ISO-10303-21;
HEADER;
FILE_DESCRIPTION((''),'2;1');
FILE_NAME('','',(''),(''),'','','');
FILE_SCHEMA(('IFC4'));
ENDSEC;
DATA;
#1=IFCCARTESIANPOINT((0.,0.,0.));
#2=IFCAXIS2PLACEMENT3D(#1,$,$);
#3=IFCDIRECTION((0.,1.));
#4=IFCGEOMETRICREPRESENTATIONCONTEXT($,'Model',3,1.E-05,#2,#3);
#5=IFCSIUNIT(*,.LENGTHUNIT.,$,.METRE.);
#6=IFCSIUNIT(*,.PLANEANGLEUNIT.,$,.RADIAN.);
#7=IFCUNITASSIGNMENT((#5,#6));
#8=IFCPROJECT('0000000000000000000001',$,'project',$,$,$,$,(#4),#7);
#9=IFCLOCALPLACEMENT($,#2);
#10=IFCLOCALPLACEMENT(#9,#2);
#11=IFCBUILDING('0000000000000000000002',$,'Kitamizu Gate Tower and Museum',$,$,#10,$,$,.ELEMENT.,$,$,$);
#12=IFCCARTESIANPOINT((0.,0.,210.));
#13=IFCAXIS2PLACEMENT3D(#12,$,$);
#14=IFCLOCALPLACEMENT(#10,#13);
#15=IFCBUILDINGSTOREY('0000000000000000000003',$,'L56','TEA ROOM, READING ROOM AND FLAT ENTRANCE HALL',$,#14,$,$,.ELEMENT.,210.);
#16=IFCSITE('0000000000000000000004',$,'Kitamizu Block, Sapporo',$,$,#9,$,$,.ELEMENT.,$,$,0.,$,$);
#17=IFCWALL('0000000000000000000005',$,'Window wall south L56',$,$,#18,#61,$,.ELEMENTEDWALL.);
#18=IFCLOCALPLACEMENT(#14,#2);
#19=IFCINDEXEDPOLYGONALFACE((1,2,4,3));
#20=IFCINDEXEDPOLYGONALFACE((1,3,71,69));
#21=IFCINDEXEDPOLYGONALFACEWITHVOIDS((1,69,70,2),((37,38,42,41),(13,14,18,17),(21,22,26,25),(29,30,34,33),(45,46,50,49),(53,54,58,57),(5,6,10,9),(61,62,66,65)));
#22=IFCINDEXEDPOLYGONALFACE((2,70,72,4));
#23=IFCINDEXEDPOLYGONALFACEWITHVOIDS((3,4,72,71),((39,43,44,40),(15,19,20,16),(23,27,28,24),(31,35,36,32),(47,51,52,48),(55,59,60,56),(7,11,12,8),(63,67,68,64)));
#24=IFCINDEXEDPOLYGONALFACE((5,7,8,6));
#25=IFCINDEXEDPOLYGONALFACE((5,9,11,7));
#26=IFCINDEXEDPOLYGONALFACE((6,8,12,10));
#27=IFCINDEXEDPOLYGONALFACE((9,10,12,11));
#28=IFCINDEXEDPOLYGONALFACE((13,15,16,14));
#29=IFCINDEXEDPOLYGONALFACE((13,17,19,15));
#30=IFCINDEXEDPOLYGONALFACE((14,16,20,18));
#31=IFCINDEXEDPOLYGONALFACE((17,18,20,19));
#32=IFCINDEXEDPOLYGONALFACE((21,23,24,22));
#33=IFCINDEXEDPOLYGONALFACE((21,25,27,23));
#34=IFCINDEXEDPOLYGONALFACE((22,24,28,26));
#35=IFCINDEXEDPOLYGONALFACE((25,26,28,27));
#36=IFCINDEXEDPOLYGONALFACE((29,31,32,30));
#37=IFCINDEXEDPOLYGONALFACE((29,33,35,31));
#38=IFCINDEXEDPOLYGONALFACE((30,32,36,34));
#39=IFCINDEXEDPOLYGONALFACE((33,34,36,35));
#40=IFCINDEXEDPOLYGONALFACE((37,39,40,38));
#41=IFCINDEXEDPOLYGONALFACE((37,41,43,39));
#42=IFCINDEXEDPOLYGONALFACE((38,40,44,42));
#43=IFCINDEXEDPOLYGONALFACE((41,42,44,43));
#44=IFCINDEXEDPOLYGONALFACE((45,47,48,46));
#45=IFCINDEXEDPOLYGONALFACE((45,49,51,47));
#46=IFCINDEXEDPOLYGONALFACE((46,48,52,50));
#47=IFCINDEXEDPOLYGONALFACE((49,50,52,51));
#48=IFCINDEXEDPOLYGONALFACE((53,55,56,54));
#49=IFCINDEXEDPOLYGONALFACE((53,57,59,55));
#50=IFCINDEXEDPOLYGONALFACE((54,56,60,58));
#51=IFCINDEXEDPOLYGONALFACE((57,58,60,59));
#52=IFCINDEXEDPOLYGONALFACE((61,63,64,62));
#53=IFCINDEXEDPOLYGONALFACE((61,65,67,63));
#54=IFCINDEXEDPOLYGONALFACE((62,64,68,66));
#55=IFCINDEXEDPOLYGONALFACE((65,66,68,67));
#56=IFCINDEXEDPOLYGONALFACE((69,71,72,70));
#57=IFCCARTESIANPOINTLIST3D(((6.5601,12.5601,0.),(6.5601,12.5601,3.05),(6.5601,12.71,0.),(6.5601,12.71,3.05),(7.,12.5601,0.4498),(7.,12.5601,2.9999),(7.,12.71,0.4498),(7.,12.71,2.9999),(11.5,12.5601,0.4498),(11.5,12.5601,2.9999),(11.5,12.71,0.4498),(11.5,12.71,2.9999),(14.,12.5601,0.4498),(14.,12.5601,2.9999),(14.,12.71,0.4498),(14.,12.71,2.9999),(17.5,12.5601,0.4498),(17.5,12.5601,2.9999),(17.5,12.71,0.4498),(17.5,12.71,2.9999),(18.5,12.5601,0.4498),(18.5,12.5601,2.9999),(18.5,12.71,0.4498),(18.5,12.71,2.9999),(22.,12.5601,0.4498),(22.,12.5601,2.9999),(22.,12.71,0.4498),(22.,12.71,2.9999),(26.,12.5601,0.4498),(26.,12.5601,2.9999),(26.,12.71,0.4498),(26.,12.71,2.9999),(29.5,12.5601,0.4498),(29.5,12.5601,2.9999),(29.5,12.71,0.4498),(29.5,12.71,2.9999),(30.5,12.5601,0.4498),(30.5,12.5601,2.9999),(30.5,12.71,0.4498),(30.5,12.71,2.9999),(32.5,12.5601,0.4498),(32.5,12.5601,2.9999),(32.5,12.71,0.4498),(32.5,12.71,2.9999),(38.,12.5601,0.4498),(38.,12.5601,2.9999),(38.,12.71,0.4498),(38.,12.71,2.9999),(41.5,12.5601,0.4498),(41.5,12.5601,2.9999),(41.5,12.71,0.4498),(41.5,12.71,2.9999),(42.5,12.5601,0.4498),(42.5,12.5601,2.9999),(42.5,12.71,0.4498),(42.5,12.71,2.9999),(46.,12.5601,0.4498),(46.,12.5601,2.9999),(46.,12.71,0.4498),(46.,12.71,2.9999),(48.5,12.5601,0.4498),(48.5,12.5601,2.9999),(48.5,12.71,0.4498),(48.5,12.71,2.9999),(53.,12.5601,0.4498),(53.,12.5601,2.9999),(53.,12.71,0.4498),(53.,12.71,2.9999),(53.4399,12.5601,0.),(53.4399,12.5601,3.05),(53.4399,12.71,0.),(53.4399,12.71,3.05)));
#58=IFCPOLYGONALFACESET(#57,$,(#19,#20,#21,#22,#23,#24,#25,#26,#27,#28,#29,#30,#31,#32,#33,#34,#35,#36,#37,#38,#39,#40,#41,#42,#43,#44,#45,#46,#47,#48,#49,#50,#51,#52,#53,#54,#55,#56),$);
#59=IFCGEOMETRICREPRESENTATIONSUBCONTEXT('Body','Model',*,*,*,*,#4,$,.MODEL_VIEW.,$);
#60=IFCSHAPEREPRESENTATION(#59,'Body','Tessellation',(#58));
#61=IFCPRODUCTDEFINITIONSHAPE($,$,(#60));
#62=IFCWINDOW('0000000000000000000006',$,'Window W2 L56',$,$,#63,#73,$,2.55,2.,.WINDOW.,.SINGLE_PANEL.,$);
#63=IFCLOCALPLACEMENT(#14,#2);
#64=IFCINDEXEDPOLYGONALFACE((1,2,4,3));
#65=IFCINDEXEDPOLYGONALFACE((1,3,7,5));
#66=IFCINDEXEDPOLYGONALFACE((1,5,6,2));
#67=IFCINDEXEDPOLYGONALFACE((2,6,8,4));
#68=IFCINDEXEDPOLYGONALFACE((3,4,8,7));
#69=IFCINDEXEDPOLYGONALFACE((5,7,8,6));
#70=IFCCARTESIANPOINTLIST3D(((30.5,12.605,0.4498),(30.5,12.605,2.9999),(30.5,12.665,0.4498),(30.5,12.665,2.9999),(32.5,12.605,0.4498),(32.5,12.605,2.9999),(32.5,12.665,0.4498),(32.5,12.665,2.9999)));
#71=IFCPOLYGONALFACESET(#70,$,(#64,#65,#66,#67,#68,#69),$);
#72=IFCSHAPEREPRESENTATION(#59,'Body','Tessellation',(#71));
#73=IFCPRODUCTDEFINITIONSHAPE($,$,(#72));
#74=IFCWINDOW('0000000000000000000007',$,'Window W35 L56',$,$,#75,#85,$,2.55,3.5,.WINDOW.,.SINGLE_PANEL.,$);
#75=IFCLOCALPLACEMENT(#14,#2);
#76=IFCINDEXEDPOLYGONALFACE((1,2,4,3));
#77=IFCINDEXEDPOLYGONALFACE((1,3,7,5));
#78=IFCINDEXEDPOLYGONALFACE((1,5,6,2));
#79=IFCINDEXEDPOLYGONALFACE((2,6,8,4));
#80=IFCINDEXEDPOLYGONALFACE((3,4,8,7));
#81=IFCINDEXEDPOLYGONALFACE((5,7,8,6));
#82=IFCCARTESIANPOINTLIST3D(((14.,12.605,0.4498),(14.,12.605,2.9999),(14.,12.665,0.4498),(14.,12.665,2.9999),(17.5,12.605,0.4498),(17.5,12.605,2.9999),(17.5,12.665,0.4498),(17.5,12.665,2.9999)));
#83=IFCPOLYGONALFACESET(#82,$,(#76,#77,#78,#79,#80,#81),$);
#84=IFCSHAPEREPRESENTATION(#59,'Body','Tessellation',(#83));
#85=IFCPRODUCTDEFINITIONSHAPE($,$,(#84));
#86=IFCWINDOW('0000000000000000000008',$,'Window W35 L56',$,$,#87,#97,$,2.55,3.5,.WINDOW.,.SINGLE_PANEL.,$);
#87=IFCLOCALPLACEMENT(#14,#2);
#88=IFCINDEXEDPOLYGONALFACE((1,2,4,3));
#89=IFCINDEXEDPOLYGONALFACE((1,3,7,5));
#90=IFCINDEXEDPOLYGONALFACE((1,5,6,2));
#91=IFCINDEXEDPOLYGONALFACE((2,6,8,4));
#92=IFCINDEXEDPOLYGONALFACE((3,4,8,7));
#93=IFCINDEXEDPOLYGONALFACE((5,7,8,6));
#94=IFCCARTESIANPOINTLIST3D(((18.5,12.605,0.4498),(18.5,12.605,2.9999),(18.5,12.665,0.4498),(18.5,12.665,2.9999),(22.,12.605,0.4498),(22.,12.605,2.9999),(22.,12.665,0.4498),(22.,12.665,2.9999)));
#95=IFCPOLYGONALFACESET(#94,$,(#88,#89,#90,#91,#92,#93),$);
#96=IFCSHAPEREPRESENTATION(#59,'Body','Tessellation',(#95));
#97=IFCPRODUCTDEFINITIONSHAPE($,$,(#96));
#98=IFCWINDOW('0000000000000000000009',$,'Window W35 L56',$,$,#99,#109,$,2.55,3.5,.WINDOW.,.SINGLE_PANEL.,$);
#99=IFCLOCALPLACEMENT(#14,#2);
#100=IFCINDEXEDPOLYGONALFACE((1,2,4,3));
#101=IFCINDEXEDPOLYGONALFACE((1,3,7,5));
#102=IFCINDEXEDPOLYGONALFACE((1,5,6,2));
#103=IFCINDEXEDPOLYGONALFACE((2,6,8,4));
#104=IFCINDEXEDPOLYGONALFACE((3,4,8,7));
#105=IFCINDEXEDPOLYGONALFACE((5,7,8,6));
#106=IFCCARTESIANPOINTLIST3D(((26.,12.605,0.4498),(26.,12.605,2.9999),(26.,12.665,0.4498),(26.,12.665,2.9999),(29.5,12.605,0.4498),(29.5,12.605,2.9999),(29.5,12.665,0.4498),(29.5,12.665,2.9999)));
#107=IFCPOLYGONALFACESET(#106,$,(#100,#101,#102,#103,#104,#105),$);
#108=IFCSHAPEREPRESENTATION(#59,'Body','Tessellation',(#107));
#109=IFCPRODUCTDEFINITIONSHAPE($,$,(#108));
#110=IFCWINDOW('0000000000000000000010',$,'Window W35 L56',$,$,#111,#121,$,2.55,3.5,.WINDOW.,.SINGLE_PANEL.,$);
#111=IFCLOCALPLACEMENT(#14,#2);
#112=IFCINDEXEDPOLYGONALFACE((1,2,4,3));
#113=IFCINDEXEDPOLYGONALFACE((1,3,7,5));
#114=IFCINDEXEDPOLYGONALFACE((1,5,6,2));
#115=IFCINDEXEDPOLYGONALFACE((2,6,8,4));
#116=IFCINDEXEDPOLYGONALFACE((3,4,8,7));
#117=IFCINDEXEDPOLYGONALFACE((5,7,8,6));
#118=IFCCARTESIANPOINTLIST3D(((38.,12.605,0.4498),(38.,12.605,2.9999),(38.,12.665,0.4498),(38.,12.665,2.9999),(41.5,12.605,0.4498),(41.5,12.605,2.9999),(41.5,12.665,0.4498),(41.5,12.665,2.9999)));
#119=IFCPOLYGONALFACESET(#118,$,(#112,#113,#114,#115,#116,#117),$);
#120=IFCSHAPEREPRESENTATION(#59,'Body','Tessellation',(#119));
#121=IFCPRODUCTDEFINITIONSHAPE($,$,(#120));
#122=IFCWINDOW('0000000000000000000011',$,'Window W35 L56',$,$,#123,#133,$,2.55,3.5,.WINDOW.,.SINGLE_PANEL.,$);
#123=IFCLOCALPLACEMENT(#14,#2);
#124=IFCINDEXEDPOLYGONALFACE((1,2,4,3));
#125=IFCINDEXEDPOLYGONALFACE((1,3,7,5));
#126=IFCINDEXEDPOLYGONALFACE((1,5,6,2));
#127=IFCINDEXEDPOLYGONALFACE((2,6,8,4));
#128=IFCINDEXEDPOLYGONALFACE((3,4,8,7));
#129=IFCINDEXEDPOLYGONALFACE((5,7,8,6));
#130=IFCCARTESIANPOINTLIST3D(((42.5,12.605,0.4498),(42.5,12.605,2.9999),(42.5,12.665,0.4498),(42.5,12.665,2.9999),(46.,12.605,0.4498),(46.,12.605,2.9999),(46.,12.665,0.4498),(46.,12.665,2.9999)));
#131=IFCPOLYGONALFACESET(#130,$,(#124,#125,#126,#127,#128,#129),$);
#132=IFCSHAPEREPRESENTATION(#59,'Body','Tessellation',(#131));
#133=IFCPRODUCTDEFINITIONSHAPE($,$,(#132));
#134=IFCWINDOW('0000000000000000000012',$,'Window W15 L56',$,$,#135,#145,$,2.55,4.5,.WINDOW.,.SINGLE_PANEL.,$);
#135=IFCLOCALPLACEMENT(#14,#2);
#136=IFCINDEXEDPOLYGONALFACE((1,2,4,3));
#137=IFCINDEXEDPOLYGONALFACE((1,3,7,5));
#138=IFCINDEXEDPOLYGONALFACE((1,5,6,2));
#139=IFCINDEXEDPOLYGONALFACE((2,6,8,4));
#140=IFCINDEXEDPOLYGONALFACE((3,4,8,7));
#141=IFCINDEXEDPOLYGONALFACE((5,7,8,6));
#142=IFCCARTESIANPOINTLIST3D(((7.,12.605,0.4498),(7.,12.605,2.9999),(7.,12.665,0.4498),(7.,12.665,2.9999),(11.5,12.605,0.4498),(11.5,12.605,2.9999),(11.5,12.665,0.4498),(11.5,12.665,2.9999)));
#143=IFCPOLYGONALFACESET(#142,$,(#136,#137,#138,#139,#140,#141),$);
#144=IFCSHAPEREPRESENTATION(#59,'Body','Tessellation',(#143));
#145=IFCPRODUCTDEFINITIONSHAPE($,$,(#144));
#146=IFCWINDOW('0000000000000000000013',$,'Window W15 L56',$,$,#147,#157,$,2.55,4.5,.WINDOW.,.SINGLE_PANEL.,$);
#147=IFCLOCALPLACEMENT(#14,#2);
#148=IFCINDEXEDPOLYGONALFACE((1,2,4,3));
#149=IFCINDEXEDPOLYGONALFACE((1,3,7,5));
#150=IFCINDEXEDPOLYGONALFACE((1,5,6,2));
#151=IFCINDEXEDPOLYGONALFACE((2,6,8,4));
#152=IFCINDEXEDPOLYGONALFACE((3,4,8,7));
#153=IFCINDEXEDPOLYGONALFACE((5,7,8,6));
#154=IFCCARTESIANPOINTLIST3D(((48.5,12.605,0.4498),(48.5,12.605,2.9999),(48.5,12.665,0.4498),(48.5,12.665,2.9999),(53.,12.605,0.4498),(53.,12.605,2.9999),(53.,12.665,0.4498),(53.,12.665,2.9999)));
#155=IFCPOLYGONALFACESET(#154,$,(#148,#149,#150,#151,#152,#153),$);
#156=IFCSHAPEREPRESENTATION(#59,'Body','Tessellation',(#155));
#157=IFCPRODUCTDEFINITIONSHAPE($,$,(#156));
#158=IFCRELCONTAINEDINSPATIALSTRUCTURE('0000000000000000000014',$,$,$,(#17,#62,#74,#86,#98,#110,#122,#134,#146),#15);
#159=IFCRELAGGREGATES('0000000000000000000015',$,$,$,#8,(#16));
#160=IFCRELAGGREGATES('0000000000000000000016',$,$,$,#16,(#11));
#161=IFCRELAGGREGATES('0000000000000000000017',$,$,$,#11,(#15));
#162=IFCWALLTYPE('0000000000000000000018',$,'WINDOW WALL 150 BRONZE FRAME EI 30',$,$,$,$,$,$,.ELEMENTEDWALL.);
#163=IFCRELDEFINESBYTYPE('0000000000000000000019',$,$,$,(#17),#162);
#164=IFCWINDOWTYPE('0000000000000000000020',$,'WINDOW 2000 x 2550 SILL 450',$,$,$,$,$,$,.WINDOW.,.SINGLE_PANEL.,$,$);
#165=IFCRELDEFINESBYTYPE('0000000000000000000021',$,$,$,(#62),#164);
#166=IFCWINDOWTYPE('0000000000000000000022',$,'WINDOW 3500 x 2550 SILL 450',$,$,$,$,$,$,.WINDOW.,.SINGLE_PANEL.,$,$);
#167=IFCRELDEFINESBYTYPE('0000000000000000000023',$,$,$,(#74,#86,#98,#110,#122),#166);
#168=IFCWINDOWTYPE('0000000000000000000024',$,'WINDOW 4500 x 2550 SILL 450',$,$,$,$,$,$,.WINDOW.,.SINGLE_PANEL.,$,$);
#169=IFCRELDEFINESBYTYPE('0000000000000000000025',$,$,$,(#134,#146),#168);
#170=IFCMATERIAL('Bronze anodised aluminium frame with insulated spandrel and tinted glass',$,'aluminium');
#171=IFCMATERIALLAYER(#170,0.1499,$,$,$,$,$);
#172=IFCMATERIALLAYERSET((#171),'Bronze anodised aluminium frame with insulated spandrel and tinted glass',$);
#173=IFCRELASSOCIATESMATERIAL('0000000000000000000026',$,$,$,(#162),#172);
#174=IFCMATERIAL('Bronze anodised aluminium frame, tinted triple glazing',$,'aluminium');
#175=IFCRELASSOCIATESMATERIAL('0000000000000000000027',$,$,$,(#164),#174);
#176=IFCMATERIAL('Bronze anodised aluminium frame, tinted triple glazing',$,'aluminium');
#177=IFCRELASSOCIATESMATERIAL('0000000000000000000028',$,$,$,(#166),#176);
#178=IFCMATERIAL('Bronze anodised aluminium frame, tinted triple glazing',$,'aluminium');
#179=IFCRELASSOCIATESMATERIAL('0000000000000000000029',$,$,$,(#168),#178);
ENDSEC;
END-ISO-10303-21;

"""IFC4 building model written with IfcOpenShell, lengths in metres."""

from ifc_helpers import new_model, si_unit, direction, frame, frame_2d, origin, place, context, subcontext, project, spatial, rectangle, extrude, material, layer, layer_set, type_object, element, fill, save


model = new_model("IFC4")

# Units and contexts
model_context = context("Model", 3, precision=1e-05, world=origin(), true_north=direction((0.0, 1.0)))
body_context = subcontext(model_context, "Body", "Model", "MODEL_VIEW")
ifc_project = project(units=[si_unit("LENGTHUNIT", "METRE"), si_unit("PLANEANGLEUNIT", "RADIAN")], contexts=[model_context])

# Site, building, storey
site_placement = place(None, origin())
site = spatial("IfcSite", under=ifc_project, at=site_placement, Name="Kitamizu Block, Sapporo", CompositionType="ELEMENT", RefElevation=0.0)
building_placement = place(site_placement, origin())
building = spatial("IfcBuilding", under=site, at=building_placement, Name="Kitamizu Gate Tower and Museum", CompositionType="ELEMENT")
storey_placement = place(building_placement, frame((0.0, 0.0, 210.0)))
storey = spatial("IfcBuildingStorey", under=building, at=storey_placement, Name="L56", Description="TEA ROOM, READING ROOM AND FLAT ENTRANCE HALL", CompositionType="ELEMENT", Elevation=210.0)

# Wall, openings, windows
ifc_material_1 = material(Name="Bronze anodised aluminium frame with insulated spandrel and tinted glass", Category="aluminium")
ifc_layer_1 = layer(ifc_material_1, 0.1499)
ifc_layer_set_1 = layer_set([ifc_layer_1], Name="Bronze anodised aluminium frame with insulated spandrel and tinted glass")
wall_type_1 = type_object("IfcWallType", Name="WINDOW WALL 150 BRONZE FRAME EI 30", PredefinedType="ELEMENTEDWALL", material=ifc_layer_set_1)
wall_1_placement = place(storey_placement, frame((6.5601, 12.635, 0.0), z_axis=(0.0, 0.0, 1.0), x_axis=(1.0, 0.0, 0.0)))
wall_1 = element("IfcWall", 1, at=wall_1_placement, inside=storey, type_object=wall_type_1, Name="Window wall south L56", PredefinedType="ELEMENTEDWALL", context=body_context, shape_type="SweptSolid", body=[
    extrude(rectangle(XDim=46.8799, YDim=0.1499, at=frame_2d((23.4399, 0.0))), origin(), (0.0, 0.0, 1.0), 3.05),
])
opening_1_placement = place(wall_1_placement, frame((0.4399, 0.0, 0.45)))
opening_1 = element("IfcOpeningElement", 2, at=opening_1_placement, cuts=wall_1, PredefinedType="OPENING", context=body_context, shape_type="SweptSolid", body=[
    extrude(rectangle(XDim=4.5, YDim=2.55, at=frame_2d((2.25, 1.2749))), frame((0.0, 0.085, 0.0), z_axis=(0.0, -1.0, 0.0), x_axis=(1.0, 0.0, 0.0)), (0.0, 0.0, 1.0), 0.1699),
])
opening_2_placement = place(wall_1_placement, frame((7.4399, 0.0, 0.45)))
opening_2 = element("IfcOpeningElement", 3, at=opening_2_placement, cuts=wall_1, PredefinedType="OPENING", context=body_context, shape_type="SweptSolid", body=[
    extrude(rectangle(XDim=3.5, YDim=2.55, at=frame_2d((1.75, 1.2749))), frame((0.0, 0.085, 0.0), z_axis=(0.0, -1.0, 0.0), x_axis=(1.0, 0.0, 0.0)), (0.0, 0.0, 1.0), 0.1699),
])
opening_3_placement = place(wall_1_placement, frame((11.9399, 0.0, 0.45)))
opening_3 = element("IfcOpeningElement", 4, at=opening_3_placement, cuts=wall_1, PredefinedType="OPENING", context=body_context, shape_type="SweptSolid", body=[
    extrude(rectangle(XDim=3.5, YDim=2.55, at=frame_2d((1.75, 1.2749))), frame((0.0, 0.085, 0.0), z_axis=(0.0, -1.0, 0.0), x_axis=(1.0, 0.0, 0.0)), (0.0, 0.0, 1.0), 0.1699),
])
opening_4_placement = place(wall_1_placement, frame((19.4399, 0.0, 0.45)))
opening_4 = element("IfcOpeningElement", 5, at=opening_4_placement, cuts=wall_1, PredefinedType="OPENING", context=body_context, shape_type="SweptSolid", body=[
    extrude(rectangle(XDim=3.5, YDim=2.55, at=frame_2d((1.75, 1.2749))), frame((0.0, 0.085, 0.0), z_axis=(0.0, -1.0, 0.0), x_axis=(1.0, 0.0, 0.0)), (0.0, 0.0, 1.0), 0.1699),
])
opening_5_placement = place(wall_1_placement, frame((23.9399, 0.0, 0.45)))
opening_5 = element("IfcOpeningElement", 6, at=opening_5_placement, cuts=wall_1, PredefinedType="OPENING", context=body_context, shape_type="SweptSolid", body=[
    extrude(rectangle(XDim=2.0, YDim=2.55, at=frame_2d((1.0, 1.2749))), frame((0.0, 0.085, 0.0), z_axis=(0.0, -1.0, 0.0), x_axis=(1.0, 0.0, 0.0)), (0.0, 0.0, 1.0), 0.1699),
])
opening_6_placement = place(wall_1_placement, frame((31.4399, 0.0, 0.45)))
opening_6 = element("IfcOpeningElement", 7, at=opening_6_placement, cuts=wall_1, PredefinedType="OPENING", context=body_context, shape_type="SweptSolid", body=[
    extrude(rectangle(XDim=3.5, YDim=2.55, at=frame_2d((1.75, 1.2749))), frame((0.0, 0.085, 0.0), z_axis=(0.0, -1.0, 0.0), x_axis=(1.0, 0.0, 0.0)), (0.0, 0.0, 1.0), 0.1699),
])
opening_7_placement = place(wall_1_placement, frame((35.9399, 0.0, 0.45)))
opening_7 = element("IfcOpeningElement", 8, at=opening_7_placement, cuts=wall_1, PredefinedType="OPENING", context=body_context, shape_type="SweptSolid", body=[
    extrude(rectangle(XDim=3.5, YDim=2.55, at=frame_2d((1.75, 1.2749))), frame((0.0, 0.085, 0.0), z_axis=(0.0, -1.0, 0.0), x_axis=(1.0, 0.0, 0.0)), (0.0, 0.0, 1.0), 0.1699),
])
opening_8_placement = place(wall_1_placement, frame((41.9399, 0.0, 0.45)))
opening_8 = element("IfcOpeningElement", 9, at=opening_8_placement, cuts=wall_1, PredefinedType="OPENING", context=body_context, shape_type="SweptSolid", body=[
    extrude(rectangle(XDim=4.5, YDim=2.55, at=frame_2d((2.25, 1.2749))), frame((0.0, 0.085, 0.0), z_axis=(0.0, -1.0, 0.0), x_axis=(1.0, 0.0, 0.0)), (0.0, 0.0, 1.0), 0.1699),
])
ifc_material_2 = material(Name="Bronze anodised aluminium frame, tinted triple glazing", Category="aluminium")
window_type_1 = type_object("IfcWindowType", Name="WINDOW 2000 x 2550 SILL 450", PartitioningType="SINGLE_PANEL", PredefinedType="WINDOW", material=ifc_material_2)
window_1_placement = place(opening_5_placement, origin())
window_1 = element("IfcWindow", 10, at=window_1_placement, inside=storey, type_object=window_type_1, Name="Window W2 L56", OverallHeight=2.55, OverallWidth=2.0, PartitioningType="SINGLE_PANEL", PredefinedType="WINDOW", context=body_context, shape_type="SweptSolid", body=[
    extrude(rectangle(XDim=2.0, YDim=2.55, at=frame_2d((1.0, 1.2749))), frame((0.0, 0.03, 0.0), z_axis=(0.0, -1.0, 0.0), x_axis=(1.0, 0.0, 0.0)), (0.0, 0.0, 1.0), 0.0601),
])
fill(opening_5, window_1)
ifc_material_3 = material(Name="Bronze anodised aluminium frame, tinted triple glazing", Category="aluminium")
window_type_2 = type_object("IfcWindowType", Name="WINDOW 3500 x 2550 SILL 450", PartitioningType="SINGLE_PANEL", PredefinedType="WINDOW", material=ifc_material_3)
window_2_placement = place(opening_2_placement, origin())
window_2 = element("IfcWindow", 11, at=window_2_placement, inside=storey, type_object=window_type_2, Name="Window W35 L56", OverallHeight=2.55, OverallWidth=3.5, PartitioningType="SINGLE_PANEL", PredefinedType="WINDOW", context=body_context, shape_type="SweptSolid", body=[
    extrude(rectangle(XDim=3.5, YDim=2.55, at=frame_2d((1.75, 1.2749))), frame((0.0, 0.03, 0.0), z_axis=(0.0, -1.0, 0.0), x_axis=(1.0, 0.0, 0.0)), (0.0, 0.0, 1.0), 0.0601),
])
fill(opening_2, window_2)
window_3_placement = place(opening_3_placement, origin())
window_3 = element("IfcWindow", 12, at=window_3_placement, inside=storey, type_object=window_type_2, Name="Window W35 L56", OverallHeight=2.55, OverallWidth=3.5, PartitioningType="SINGLE_PANEL", PredefinedType="WINDOW", context=body_context, shape_type="SweptSolid", body=[
    extrude(rectangle(XDim=3.5, YDim=2.55, at=frame_2d((1.75, 1.2749))), frame((0.0, 0.03, 0.0), z_axis=(0.0, -1.0, 0.0), x_axis=(1.0, 0.0, 0.0)), (0.0, 0.0, 1.0), 0.0601),
])
fill(opening_3, window_3)
window_4_placement = place(opening_4_placement, origin())
window_4 = element("IfcWindow", 13, at=window_4_placement, inside=storey, type_object=window_type_2, Name="Window W35 L56", OverallHeight=2.55, OverallWidth=3.5, PartitioningType="SINGLE_PANEL", PredefinedType="WINDOW", context=body_context, shape_type="SweptSolid", body=[
    extrude(rectangle(XDim=3.5, YDim=2.55, at=frame_2d((1.75, 1.2749))), frame((0.0, 0.03, 0.0), z_axis=(0.0, -1.0, 0.0), x_axis=(1.0, 0.0, 0.0)), (0.0, 0.0, 1.0), 0.0601),
])
fill(opening_4, window_4)
window_5_placement = place(opening_6_placement, origin())
window_5 = element("IfcWindow", 14, at=window_5_placement, inside=storey, type_object=window_type_2, Name="Window W35 L56", OverallHeight=2.55, OverallWidth=3.5, PartitioningType="SINGLE_PANEL", PredefinedType="WINDOW", context=body_context, shape_type="SweptSolid", body=[
    extrude(rectangle(XDim=3.5, YDim=2.55, at=frame_2d((1.75, 1.2749))), frame((0.0, 0.03, 0.0), z_axis=(0.0, -1.0, 0.0), x_axis=(1.0, 0.0, 0.0)), (0.0, 0.0, 1.0), 0.0601),
])
fill(opening_6, window_5)
window_6_placement = place(opening_7_placement, origin())
window_6 = element("IfcWindow", 15, at=window_6_placement, inside=storey, type_object=window_type_2, Name="Window W35 L56", OverallHeight=2.55, OverallWidth=3.5, PartitioningType="SINGLE_PANEL", PredefinedType="WINDOW", context=body_context, shape_type="SweptSolid", body=[
    extrude(rectangle(XDim=3.5, YDim=2.55, at=frame_2d((1.75, 1.2749))), frame((0.0, 0.03, 0.0), z_axis=(0.0, -1.0, 0.0), x_axis=(1.0, 0.0, 0.0)), (0.0, 0.0, 1.0), 0.0601),
])
fill(opening_7, window_6)
ifc_material_4 = material(Name="Bronze anodised aluminium frame, tinted triple glazing", Category="aluminium")
window_type_3 = type_object("IfcWindowType", Name="WINDOW 4500 x 2550 SILL 450", PartitioningType="SINGLE_PANEL", PredefinedType="WINDOW", material=ifc_material_4)
window_7_placement = place(opening_1_placement, origin())
window_7 = element("IfcWindow", 16, at=window_7_placement, inside=storey, type_object=window_type_3, Name="Window W15 L56", OverallHeight=2.55, OverallWidth=4.5, PartitioningType="SINGLE_PANEL", PredefinedType="WINDOW", context=body_context, shape_type="SweptSolid", body=[
    extrude(rectangle(XDim=4.5, YDim=2.55, at=frame_2d((2.25, 1.2749))), frame((0.0, 0.03, 0.0), z_axis=(0.0, -1.0, 0.0), x_axis=(1.0, 0.0, 0.0)), (0.0, 0.0, 1.0), 0.0601),
])
fill(opening_1, window_7)
window_8_placement = place(opening_8_placement, origin())
window_8 = element("IfcWindow", 17, at=window_8_placement, inside=storey, type_object=window_type_3, Name="Window W15 L56", OverallHeight=2.55, OverallWidth=4.5, PartitioningType="SINGLE_PANEL", PredefinedType="WINDOW", context=body_context, shape_type="SweptSolid", body=[
    extrude(rectangle(XDim=4.5, YDim=2.55, at=frame_2d((2.25, 1.2749))), frame((0.0, 0.03, 0.0), z_axis=(0.0, -1.0, 0.0), x_axis=(1.0, 0.0, 0.0)), (0.0, 0.0, 1.0), 0.0601),
])
fill(opening_8, window_8)

save(model, "model.ifc")
